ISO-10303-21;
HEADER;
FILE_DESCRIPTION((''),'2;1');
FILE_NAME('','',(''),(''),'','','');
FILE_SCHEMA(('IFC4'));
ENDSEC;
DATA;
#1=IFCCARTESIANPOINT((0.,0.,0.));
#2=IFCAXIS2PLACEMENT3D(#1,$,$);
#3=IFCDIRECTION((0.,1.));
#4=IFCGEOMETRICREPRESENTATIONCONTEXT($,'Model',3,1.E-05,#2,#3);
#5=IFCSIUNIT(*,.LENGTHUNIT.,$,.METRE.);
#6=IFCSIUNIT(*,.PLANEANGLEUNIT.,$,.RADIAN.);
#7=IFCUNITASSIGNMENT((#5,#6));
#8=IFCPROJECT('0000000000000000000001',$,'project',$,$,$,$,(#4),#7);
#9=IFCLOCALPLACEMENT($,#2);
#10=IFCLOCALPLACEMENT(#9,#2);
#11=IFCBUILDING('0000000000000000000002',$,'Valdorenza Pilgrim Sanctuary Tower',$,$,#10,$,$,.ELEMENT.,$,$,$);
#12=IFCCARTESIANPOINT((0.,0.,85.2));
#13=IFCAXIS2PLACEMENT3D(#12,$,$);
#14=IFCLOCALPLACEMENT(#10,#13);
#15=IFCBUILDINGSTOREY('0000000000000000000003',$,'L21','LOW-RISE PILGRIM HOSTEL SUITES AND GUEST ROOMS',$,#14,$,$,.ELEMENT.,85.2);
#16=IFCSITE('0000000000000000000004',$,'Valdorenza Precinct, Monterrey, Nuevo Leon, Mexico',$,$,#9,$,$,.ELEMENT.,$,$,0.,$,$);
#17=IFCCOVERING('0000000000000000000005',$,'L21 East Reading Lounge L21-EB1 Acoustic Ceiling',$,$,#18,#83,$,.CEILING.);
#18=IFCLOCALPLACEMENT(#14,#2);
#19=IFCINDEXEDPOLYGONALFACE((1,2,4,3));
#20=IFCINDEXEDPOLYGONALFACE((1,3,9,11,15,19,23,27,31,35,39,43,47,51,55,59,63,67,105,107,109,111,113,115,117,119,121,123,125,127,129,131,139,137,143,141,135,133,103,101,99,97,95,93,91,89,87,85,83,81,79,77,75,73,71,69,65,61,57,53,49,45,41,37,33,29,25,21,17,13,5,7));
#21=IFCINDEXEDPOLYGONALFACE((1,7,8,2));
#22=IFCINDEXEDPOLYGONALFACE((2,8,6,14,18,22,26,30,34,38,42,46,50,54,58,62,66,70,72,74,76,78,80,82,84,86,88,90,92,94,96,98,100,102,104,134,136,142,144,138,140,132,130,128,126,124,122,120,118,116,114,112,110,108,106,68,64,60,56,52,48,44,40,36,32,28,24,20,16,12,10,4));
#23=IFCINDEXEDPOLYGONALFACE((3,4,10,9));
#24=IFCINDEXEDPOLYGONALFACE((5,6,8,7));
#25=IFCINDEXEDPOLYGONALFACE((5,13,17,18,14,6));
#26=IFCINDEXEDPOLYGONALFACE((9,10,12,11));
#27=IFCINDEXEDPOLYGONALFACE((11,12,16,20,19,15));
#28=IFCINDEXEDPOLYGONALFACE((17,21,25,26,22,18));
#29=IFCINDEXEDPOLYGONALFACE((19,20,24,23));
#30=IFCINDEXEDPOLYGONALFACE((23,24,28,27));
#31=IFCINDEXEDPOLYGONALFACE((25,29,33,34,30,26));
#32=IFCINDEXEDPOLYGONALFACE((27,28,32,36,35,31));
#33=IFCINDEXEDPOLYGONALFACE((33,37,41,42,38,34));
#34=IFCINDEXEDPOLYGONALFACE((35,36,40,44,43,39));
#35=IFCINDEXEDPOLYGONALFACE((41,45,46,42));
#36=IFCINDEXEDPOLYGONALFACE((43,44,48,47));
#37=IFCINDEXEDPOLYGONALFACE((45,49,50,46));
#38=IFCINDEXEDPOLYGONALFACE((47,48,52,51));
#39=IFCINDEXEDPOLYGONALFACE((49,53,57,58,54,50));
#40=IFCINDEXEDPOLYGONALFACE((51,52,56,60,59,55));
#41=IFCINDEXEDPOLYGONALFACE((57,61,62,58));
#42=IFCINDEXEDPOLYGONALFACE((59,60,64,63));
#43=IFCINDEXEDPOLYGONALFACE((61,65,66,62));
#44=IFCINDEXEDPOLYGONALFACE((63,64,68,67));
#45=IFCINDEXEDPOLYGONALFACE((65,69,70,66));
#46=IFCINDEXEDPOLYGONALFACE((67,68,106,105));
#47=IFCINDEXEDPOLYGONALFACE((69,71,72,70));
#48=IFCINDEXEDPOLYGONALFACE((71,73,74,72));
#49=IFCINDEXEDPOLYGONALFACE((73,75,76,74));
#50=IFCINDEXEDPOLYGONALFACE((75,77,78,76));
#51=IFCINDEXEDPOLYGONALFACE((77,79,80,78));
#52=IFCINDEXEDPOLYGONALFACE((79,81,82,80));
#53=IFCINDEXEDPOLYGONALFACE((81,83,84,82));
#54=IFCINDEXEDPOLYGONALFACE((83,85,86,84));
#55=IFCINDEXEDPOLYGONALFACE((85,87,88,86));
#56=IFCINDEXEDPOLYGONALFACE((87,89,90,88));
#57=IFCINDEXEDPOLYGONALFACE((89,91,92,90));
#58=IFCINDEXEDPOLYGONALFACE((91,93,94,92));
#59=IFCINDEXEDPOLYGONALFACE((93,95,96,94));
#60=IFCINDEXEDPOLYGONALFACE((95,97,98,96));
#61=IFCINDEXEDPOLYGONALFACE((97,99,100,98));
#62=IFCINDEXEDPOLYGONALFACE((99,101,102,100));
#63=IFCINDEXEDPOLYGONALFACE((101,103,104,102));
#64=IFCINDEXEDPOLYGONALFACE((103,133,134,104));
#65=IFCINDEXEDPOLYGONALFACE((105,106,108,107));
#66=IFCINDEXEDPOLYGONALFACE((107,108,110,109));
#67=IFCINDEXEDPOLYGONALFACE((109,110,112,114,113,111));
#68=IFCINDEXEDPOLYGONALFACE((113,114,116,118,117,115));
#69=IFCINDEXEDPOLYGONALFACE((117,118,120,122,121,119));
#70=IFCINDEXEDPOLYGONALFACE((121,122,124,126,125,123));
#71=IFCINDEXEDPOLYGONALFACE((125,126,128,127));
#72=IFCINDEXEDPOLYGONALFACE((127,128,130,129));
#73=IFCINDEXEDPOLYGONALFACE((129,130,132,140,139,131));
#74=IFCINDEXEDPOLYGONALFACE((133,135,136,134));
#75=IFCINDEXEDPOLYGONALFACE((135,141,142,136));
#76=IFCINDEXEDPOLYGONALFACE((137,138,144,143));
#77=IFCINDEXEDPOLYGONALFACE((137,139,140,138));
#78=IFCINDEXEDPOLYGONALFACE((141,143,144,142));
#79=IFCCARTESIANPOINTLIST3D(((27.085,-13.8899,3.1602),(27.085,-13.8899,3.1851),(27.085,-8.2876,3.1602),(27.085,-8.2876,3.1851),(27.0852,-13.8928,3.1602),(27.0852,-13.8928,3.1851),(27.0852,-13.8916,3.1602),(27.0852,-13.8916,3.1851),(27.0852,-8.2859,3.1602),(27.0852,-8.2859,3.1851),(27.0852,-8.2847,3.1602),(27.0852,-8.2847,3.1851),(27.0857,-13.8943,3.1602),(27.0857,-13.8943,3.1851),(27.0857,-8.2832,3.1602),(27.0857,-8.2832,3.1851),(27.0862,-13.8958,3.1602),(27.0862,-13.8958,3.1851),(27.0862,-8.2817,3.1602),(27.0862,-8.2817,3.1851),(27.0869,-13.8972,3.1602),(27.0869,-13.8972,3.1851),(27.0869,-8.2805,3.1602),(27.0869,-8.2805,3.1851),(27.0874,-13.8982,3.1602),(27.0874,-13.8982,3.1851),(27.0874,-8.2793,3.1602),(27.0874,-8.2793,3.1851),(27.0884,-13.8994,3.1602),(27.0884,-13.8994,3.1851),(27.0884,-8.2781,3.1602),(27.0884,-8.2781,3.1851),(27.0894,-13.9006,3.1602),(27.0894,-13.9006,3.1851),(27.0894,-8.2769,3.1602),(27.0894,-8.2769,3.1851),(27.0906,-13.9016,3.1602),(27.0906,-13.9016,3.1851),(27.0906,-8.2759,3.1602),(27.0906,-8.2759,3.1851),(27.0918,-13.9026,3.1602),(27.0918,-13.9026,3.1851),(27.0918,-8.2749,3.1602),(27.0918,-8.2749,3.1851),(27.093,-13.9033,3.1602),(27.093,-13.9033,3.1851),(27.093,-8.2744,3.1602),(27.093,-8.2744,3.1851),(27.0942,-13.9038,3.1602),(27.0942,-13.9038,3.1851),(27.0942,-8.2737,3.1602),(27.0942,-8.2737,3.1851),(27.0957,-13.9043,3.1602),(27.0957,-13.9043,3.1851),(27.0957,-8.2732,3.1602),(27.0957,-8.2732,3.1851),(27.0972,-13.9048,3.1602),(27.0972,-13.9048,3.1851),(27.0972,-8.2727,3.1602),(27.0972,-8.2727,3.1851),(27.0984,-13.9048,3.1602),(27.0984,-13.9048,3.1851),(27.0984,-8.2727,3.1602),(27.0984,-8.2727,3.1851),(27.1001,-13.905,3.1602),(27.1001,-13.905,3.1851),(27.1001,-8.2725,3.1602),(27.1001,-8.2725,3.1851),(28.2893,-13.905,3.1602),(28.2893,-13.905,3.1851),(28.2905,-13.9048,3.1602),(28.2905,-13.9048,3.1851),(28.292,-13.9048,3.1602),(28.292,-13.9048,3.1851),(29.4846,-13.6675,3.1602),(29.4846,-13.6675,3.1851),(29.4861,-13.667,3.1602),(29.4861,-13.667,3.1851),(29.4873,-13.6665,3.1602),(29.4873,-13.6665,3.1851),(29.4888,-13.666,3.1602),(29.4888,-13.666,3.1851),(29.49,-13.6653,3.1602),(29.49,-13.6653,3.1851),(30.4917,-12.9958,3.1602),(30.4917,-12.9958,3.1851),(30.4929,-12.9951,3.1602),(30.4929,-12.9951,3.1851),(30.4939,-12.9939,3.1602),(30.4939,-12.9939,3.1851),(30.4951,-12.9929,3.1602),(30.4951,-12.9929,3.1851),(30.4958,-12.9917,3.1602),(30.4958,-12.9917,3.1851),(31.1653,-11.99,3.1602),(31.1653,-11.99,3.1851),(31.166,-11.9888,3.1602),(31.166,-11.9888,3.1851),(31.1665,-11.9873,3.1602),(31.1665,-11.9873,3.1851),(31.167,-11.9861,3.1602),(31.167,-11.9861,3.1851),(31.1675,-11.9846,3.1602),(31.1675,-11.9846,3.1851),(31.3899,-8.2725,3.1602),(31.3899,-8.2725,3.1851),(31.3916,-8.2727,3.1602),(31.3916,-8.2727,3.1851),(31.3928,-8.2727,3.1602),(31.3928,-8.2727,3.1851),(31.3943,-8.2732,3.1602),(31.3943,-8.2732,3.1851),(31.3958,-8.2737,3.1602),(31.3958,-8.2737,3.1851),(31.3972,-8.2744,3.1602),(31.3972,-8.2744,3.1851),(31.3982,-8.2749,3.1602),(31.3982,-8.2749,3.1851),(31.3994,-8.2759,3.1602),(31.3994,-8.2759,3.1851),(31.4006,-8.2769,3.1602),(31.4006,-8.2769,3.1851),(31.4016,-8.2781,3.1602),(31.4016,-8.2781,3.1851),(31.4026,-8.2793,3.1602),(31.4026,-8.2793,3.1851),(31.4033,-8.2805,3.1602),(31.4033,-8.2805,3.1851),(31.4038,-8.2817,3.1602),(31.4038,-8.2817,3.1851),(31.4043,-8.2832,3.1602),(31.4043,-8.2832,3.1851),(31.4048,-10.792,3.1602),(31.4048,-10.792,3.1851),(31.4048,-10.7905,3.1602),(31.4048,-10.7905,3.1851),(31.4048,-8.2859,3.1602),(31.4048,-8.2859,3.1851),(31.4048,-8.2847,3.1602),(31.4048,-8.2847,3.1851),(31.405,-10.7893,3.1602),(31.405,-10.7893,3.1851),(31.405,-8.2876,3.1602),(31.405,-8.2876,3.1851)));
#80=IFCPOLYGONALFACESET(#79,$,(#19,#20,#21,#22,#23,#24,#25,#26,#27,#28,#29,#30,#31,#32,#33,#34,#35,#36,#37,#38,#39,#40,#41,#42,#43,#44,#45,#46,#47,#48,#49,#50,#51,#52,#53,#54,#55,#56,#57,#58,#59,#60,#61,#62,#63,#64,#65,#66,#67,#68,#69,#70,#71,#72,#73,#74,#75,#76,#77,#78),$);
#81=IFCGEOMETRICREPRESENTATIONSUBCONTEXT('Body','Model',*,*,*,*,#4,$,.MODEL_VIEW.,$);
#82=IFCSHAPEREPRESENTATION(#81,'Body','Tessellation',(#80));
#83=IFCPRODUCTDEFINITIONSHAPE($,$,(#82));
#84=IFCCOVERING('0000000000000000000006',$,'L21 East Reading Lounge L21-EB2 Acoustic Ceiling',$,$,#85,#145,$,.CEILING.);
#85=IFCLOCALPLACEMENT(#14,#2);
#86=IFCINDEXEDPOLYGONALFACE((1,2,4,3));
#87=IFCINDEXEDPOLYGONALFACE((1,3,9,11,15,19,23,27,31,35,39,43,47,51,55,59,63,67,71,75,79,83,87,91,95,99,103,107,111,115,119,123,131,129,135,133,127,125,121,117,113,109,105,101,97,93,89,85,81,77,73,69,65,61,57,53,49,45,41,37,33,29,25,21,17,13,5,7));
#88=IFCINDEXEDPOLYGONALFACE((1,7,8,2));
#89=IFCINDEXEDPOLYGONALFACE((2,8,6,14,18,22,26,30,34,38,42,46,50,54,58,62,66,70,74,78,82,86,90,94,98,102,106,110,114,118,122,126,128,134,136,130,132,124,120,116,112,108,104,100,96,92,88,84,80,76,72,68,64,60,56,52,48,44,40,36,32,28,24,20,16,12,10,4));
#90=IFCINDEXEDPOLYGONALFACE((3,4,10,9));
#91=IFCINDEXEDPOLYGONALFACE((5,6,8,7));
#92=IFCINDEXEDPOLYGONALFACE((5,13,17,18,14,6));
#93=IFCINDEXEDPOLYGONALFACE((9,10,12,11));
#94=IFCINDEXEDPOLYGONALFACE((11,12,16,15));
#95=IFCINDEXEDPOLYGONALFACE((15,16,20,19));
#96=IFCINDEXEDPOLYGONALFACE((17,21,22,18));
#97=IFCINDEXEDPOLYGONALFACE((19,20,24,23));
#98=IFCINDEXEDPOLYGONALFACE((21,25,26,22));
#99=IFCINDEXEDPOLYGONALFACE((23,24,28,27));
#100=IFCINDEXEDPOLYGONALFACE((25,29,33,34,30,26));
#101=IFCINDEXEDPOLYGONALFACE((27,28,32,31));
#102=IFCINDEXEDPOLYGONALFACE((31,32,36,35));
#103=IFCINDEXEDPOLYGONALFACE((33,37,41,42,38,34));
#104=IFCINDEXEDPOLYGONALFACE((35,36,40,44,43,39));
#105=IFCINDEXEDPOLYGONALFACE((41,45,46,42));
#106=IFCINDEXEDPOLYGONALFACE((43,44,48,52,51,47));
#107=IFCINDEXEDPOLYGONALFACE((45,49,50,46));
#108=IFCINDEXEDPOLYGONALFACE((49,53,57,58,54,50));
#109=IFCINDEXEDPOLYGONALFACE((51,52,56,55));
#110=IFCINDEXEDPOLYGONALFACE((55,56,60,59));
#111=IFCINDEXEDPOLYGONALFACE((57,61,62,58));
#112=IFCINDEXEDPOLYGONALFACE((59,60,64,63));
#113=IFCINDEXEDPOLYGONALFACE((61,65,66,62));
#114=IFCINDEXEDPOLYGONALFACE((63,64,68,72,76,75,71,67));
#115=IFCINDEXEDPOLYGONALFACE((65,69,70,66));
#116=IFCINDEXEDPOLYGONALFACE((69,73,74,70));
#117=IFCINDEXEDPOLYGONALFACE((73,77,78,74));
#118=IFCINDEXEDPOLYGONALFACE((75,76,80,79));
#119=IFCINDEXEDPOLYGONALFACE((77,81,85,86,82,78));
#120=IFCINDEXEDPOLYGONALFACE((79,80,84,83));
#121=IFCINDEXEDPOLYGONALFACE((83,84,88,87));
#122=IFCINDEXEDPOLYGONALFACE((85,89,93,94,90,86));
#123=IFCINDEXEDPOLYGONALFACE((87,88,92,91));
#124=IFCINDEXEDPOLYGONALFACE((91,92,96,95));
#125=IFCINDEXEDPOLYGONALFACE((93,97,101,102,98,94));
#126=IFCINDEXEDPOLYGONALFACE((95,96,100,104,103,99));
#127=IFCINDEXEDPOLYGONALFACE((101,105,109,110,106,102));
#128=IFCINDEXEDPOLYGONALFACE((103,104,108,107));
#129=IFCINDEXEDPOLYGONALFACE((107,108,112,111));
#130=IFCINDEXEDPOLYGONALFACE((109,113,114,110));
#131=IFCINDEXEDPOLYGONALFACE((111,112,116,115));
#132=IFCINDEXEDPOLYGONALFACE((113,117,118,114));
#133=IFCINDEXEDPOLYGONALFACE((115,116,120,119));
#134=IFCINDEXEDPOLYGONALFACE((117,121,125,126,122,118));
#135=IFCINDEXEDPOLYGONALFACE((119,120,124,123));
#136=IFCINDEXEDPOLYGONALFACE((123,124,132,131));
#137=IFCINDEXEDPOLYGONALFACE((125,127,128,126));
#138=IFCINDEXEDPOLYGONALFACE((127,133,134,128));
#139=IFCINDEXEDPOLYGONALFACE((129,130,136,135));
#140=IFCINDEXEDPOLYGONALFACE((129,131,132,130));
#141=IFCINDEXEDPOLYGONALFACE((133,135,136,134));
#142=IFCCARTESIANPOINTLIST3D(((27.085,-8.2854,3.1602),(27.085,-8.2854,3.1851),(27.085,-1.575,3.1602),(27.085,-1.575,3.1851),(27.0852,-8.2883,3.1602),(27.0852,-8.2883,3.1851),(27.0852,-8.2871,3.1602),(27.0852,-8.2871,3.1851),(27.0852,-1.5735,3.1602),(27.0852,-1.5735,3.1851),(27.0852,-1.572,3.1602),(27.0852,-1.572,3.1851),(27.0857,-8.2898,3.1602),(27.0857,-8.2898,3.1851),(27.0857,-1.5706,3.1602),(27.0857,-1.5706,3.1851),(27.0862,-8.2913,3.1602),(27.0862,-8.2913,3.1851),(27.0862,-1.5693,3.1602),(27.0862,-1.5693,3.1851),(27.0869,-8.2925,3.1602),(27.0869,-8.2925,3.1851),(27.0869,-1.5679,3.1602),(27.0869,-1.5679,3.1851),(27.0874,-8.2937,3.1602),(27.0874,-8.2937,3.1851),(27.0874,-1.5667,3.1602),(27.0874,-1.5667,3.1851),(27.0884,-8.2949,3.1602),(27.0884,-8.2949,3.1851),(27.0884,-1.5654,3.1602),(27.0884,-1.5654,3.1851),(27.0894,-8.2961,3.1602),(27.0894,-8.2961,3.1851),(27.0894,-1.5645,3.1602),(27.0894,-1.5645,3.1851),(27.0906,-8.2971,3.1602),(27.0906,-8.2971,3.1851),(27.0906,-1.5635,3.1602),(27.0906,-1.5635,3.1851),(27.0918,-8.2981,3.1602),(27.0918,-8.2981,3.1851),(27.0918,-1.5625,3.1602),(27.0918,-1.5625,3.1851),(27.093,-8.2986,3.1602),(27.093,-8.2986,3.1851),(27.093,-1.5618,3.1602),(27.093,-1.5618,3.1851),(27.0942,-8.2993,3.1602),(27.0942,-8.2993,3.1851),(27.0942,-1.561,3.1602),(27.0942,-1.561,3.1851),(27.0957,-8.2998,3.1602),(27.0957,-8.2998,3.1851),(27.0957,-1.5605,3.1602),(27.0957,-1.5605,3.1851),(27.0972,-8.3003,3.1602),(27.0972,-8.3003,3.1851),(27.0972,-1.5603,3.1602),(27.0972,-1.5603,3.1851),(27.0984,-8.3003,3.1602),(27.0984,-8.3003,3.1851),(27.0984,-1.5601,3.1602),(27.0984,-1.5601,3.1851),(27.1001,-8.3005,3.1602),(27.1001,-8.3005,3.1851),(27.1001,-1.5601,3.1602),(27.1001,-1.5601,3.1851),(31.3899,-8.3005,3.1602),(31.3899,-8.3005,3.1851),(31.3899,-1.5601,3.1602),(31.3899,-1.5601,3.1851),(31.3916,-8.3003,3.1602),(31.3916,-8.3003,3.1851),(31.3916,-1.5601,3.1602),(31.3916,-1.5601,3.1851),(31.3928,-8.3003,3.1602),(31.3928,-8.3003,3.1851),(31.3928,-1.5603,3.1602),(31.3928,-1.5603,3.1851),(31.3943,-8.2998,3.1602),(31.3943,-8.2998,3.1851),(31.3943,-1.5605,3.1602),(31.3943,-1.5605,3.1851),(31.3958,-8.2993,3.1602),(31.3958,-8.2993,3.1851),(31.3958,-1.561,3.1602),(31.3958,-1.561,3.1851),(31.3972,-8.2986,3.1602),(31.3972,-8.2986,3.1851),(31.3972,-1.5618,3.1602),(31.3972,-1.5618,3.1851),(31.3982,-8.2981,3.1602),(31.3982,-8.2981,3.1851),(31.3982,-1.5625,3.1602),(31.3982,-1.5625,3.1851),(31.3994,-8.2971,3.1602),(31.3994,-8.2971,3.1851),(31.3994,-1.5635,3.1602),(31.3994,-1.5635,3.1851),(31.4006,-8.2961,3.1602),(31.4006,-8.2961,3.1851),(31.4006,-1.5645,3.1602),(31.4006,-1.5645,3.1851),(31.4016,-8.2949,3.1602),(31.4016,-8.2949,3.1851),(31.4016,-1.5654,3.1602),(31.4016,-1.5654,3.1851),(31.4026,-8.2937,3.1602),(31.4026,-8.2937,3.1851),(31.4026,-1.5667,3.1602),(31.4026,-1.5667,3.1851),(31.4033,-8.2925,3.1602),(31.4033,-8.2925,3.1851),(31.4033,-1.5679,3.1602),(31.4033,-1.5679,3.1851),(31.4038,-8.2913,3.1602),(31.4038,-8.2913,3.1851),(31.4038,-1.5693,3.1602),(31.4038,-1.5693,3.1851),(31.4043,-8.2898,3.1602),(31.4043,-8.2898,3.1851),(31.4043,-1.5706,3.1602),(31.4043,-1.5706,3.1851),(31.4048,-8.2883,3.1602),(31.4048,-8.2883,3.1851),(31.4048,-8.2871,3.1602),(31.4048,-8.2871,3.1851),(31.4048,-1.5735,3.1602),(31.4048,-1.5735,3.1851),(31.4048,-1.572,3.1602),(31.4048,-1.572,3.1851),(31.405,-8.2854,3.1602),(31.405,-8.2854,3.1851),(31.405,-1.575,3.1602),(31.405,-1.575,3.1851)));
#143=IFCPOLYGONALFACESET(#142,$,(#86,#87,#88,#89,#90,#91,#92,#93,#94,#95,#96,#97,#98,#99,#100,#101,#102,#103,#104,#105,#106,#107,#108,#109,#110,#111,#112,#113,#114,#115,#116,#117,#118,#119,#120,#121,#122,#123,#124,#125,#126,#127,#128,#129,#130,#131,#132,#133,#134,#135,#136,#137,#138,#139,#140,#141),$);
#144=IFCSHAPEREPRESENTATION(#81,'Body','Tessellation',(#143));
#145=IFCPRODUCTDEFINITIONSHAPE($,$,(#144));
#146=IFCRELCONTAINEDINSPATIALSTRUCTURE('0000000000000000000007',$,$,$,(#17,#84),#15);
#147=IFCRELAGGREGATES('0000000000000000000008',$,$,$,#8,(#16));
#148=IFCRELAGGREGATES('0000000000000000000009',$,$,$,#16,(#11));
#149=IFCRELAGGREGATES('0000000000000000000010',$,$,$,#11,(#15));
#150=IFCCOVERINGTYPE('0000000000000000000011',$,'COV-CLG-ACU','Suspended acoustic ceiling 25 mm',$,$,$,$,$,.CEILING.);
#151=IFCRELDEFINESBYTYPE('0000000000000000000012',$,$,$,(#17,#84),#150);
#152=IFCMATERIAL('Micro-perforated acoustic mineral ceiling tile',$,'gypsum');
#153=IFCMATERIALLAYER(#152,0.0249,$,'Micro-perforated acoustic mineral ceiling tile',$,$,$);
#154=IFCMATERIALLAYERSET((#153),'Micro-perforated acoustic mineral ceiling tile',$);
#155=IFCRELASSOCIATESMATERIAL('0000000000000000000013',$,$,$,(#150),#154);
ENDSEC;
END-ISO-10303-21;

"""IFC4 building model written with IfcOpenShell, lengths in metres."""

from ifc_helpers import new_model, si_unit, direction, frame, origin, place, context, subcontext, project, spatial, polyline, outline, extrude, material, layer, layer_set, type_object, element, save


model = new_model("IFC4")

# Units and contexts
model_context = context("Model", 3, precision=1e-05, world=origin(), true_north=direction((0.0, 1.0)))
body_context = subcontext(model_context, "Body", "Model", "MODEL_VIEW")
ifc_project = project(units=[si_unit("LENGTHUNIT", "METRE"), si_unit("PLANEANGLEUNIT", "RADIAN")], contexts=[model_context])

# Site, building, storey
site_placement = place(None, origin())
site = spatial("IfcSite", under=ifc_project, at=site_placement, Name="Valdorenza Precinct, Monterrey, Nuevo Leon, Mexico", CompositionType="ELEMENT", RefElevation=0.0)
building_placement = place(site_placement, origin())
building = spatial("IfcBuilding", under=site, at=building_placement, Name="Valdorenza Pilgrim Sanctuary Tower", CompositionType="ELEMENT")
storey_placement = place(building_placement, frame((0.0, 0.0, 85.2)))
storey = spatial("IfcBuildingStorey", under=building, at=storey_placement, Name="L21", Description="LOW-RISE PILGRIM HOSTEL SUITES AND GUEST ROOMS", CompositionType="ELEMENT", Elevation=85.2)

# Coverings
ifc_material_1 = material(Name="Micro-perforated acoustic mineral ceiling tile", Category="gypsum")
ifc_layer_1 = layer(ifc_material_1, 0.0249, Name="Micro-perforated acoustic mineral ceiling tile")
ifc_layer_set_1 = layer_set([ifc_layer_1], Name="Micro-perforated acoustic mineral ceiling tile")
covering_type_1 = type_object("IfcCoveringType", Name="COV-CLG-ACU", Description="Suspended acoustic ceiling 25 mm", PredefinedType="CEILING", material=ifc_layer_set_1)
covering_1_placement = place(storey_placement, frame((0.0, 0.0, 3.1602)))
element("IfcCovering", 1, at=covering_1_placement, inside=storey, type_object=covering_type_1, Name="L21 East Reading Lounge L21-EB1 Acoustic Ceiling", PredefinedType="CEILING", context=body_context, shape_type="SweptSolid", body=[
    extrude(outline(polyline([(31.3899, -8.2725), (31.3916, -8.2727), (31.3928, -8.2727), (31.3943, -8.2732), (31.3958, -8.2737), (31.3972, -8.2744), (31.3982, -8.2749), (31.3994, -8.2759), (31.4006, -8.2769), (31.4016, -8.2781), (31.4026, -8.2793), (31.4033, -8.2805), (31.4038, -8.2817), (31.4043, -8.2832), (31.4048, -8.2847), (31.4048, -8.2859), (31.405, -8.2876), (31.405, -10.7893), (31.4048, -10.7905), (31.4048, -10.792), (31.1675, -11.9846), (31.167, -11.9861), (31.1665, -11.9873), (31.166, -11.9888), (31.1653, -11.99), (30.4958, -12.9917), (30.4951, -12.9929), (30.4939, -12.9939), (30.4929, -12.9951), (30.4917, -12.9958), (29.49, -13.6653), (29.4888, -13.666), (29.4873, -13.6665), (29.4861, -13.667), (29.4846, -13.6675), (28.292, -13.9048), (28.2905, -13.9048), (28.2893, -13.905), (27.1001, -13.905), (27.0984, -13.9048), (27.0972, -13.9048), (27.0957, -13.9043), (27.0942, -13.9038), (27.093, -13.9033), (27.0918, -13.9026), (27.0906, -13.9016), (27.0894, -13.9006), (27.0884, -13.8994), (27.0874, -13.8982), (27.0869, -13.8972), (27.0862, -13.8958), (27.0857, -13.8943), (27.0852, -13.8928), (27.0852, -13.8916), (27.085, -13.8899), (27.085, -8.2876), (27.0852, -8.2859), (27.0852, -8.2847), (27.0857, -8.2832), (27.0862, -8.2817), (27.0869, -8.2805), (27.0874, -8.2793), (27.0884, -8.2781), (27.0894, -8.2769), (27.0906, -8.2759), (27.0918, -8.2749), (27.093, -8.2744), (27.0942, -8.2737), (27.0957, -8.2732), (27.0972, -8.2727), (27.0984, -8.2727), (27.1001, -8.2725), (31.3899, -8.2725)])), origin(), (0.0, 0.0, 1.0), 0.0249),
])
covering_2_placement = place(storey_placement, frame((0.0, 0.0, 3.1602)))
element("IfcCovering", 2, at=covering_2_placement, inside=storey, type_object=covering_type_1, Name="L21 East Reading Lounge L21-EB2 Acoustic Ceiling", PredefinedType="CEILING", context=body_context, shape_type="SweptSolid", body=[
    extrude(outline(polyline([(27.085, -1.575), (27.0852, -1.5735), (27.0852, -1.572), (27.0857, -1.5706), (27.0862, -1.5693), (27.0869, -1.5679), (27.0874, -1.5667), (27.0884, -1.5654), (27.0894, -1.5645), (27.0906, -1.5635), (27.0918, -1.5625), (27.093, -1.5618), (27.0942, -1.561), (27.0957, -1.5605), (27.0972, -1.5603), (27.0984, -1.5601), (27.1001, -1.5601), (31.3899, -1.5601), (31.3916, -1.5601), (31.3928, -1.5603), (31.3943, -1.5605), (31.3958, -1.561), (31.3972, -1.5618), (31.3982, -1.5625), (31.3994, -1.5635), (31.4006, -1.5645), (31.4016, -1.5654), (31.4026, -1.5667), (31.4033, -1.5679), (31.4038, -1.5693), (31.4043, -1.5706), (31.4048, -1.572), (31.4048, -1.5735), (31.405, -1.575), (31.405, -8.2854), (31.4048, -8.2871), (31.4048, -8.2883), (31.4043, -8.2898), (31.4038, -8.2913), (31.4033, -8.2925), (31.4026, -8.2937), (31.4016, -8.2949), (31.4006, -8.2961), (31.3994, -8.2971), (31.3982, -8.2981), (31.3972, -8.2986), (31.3958, -8.2993), (31.3943, -8.2998), (31.3928, -8.3003), (31.3916, -8.3003), (31.3899, -8.3005), (27.1001, -8.3005), (27.0984, -8.3003), (27.0972, -8.3003), (27.0957, -8.2998), (27.0942, -8.2993), (27.093, -8.2986), (27.0918, -8.2981), (27.0906, -8.2971), (27.0894, -8.2961), (27.0884, -8.2949), (27.0874, -8.2937), (27.0869, -8.2925), (27.0862, -8.2913), (27.0857, -8.2898), (27.0852, -8.2883), (27.0852, -8.2871), (27.085, -8.2854), (27.085, -1.575)])), origin(), (0.0, 0.0, 1.0), 0.0249),
])

save(model, "model.ifc")
